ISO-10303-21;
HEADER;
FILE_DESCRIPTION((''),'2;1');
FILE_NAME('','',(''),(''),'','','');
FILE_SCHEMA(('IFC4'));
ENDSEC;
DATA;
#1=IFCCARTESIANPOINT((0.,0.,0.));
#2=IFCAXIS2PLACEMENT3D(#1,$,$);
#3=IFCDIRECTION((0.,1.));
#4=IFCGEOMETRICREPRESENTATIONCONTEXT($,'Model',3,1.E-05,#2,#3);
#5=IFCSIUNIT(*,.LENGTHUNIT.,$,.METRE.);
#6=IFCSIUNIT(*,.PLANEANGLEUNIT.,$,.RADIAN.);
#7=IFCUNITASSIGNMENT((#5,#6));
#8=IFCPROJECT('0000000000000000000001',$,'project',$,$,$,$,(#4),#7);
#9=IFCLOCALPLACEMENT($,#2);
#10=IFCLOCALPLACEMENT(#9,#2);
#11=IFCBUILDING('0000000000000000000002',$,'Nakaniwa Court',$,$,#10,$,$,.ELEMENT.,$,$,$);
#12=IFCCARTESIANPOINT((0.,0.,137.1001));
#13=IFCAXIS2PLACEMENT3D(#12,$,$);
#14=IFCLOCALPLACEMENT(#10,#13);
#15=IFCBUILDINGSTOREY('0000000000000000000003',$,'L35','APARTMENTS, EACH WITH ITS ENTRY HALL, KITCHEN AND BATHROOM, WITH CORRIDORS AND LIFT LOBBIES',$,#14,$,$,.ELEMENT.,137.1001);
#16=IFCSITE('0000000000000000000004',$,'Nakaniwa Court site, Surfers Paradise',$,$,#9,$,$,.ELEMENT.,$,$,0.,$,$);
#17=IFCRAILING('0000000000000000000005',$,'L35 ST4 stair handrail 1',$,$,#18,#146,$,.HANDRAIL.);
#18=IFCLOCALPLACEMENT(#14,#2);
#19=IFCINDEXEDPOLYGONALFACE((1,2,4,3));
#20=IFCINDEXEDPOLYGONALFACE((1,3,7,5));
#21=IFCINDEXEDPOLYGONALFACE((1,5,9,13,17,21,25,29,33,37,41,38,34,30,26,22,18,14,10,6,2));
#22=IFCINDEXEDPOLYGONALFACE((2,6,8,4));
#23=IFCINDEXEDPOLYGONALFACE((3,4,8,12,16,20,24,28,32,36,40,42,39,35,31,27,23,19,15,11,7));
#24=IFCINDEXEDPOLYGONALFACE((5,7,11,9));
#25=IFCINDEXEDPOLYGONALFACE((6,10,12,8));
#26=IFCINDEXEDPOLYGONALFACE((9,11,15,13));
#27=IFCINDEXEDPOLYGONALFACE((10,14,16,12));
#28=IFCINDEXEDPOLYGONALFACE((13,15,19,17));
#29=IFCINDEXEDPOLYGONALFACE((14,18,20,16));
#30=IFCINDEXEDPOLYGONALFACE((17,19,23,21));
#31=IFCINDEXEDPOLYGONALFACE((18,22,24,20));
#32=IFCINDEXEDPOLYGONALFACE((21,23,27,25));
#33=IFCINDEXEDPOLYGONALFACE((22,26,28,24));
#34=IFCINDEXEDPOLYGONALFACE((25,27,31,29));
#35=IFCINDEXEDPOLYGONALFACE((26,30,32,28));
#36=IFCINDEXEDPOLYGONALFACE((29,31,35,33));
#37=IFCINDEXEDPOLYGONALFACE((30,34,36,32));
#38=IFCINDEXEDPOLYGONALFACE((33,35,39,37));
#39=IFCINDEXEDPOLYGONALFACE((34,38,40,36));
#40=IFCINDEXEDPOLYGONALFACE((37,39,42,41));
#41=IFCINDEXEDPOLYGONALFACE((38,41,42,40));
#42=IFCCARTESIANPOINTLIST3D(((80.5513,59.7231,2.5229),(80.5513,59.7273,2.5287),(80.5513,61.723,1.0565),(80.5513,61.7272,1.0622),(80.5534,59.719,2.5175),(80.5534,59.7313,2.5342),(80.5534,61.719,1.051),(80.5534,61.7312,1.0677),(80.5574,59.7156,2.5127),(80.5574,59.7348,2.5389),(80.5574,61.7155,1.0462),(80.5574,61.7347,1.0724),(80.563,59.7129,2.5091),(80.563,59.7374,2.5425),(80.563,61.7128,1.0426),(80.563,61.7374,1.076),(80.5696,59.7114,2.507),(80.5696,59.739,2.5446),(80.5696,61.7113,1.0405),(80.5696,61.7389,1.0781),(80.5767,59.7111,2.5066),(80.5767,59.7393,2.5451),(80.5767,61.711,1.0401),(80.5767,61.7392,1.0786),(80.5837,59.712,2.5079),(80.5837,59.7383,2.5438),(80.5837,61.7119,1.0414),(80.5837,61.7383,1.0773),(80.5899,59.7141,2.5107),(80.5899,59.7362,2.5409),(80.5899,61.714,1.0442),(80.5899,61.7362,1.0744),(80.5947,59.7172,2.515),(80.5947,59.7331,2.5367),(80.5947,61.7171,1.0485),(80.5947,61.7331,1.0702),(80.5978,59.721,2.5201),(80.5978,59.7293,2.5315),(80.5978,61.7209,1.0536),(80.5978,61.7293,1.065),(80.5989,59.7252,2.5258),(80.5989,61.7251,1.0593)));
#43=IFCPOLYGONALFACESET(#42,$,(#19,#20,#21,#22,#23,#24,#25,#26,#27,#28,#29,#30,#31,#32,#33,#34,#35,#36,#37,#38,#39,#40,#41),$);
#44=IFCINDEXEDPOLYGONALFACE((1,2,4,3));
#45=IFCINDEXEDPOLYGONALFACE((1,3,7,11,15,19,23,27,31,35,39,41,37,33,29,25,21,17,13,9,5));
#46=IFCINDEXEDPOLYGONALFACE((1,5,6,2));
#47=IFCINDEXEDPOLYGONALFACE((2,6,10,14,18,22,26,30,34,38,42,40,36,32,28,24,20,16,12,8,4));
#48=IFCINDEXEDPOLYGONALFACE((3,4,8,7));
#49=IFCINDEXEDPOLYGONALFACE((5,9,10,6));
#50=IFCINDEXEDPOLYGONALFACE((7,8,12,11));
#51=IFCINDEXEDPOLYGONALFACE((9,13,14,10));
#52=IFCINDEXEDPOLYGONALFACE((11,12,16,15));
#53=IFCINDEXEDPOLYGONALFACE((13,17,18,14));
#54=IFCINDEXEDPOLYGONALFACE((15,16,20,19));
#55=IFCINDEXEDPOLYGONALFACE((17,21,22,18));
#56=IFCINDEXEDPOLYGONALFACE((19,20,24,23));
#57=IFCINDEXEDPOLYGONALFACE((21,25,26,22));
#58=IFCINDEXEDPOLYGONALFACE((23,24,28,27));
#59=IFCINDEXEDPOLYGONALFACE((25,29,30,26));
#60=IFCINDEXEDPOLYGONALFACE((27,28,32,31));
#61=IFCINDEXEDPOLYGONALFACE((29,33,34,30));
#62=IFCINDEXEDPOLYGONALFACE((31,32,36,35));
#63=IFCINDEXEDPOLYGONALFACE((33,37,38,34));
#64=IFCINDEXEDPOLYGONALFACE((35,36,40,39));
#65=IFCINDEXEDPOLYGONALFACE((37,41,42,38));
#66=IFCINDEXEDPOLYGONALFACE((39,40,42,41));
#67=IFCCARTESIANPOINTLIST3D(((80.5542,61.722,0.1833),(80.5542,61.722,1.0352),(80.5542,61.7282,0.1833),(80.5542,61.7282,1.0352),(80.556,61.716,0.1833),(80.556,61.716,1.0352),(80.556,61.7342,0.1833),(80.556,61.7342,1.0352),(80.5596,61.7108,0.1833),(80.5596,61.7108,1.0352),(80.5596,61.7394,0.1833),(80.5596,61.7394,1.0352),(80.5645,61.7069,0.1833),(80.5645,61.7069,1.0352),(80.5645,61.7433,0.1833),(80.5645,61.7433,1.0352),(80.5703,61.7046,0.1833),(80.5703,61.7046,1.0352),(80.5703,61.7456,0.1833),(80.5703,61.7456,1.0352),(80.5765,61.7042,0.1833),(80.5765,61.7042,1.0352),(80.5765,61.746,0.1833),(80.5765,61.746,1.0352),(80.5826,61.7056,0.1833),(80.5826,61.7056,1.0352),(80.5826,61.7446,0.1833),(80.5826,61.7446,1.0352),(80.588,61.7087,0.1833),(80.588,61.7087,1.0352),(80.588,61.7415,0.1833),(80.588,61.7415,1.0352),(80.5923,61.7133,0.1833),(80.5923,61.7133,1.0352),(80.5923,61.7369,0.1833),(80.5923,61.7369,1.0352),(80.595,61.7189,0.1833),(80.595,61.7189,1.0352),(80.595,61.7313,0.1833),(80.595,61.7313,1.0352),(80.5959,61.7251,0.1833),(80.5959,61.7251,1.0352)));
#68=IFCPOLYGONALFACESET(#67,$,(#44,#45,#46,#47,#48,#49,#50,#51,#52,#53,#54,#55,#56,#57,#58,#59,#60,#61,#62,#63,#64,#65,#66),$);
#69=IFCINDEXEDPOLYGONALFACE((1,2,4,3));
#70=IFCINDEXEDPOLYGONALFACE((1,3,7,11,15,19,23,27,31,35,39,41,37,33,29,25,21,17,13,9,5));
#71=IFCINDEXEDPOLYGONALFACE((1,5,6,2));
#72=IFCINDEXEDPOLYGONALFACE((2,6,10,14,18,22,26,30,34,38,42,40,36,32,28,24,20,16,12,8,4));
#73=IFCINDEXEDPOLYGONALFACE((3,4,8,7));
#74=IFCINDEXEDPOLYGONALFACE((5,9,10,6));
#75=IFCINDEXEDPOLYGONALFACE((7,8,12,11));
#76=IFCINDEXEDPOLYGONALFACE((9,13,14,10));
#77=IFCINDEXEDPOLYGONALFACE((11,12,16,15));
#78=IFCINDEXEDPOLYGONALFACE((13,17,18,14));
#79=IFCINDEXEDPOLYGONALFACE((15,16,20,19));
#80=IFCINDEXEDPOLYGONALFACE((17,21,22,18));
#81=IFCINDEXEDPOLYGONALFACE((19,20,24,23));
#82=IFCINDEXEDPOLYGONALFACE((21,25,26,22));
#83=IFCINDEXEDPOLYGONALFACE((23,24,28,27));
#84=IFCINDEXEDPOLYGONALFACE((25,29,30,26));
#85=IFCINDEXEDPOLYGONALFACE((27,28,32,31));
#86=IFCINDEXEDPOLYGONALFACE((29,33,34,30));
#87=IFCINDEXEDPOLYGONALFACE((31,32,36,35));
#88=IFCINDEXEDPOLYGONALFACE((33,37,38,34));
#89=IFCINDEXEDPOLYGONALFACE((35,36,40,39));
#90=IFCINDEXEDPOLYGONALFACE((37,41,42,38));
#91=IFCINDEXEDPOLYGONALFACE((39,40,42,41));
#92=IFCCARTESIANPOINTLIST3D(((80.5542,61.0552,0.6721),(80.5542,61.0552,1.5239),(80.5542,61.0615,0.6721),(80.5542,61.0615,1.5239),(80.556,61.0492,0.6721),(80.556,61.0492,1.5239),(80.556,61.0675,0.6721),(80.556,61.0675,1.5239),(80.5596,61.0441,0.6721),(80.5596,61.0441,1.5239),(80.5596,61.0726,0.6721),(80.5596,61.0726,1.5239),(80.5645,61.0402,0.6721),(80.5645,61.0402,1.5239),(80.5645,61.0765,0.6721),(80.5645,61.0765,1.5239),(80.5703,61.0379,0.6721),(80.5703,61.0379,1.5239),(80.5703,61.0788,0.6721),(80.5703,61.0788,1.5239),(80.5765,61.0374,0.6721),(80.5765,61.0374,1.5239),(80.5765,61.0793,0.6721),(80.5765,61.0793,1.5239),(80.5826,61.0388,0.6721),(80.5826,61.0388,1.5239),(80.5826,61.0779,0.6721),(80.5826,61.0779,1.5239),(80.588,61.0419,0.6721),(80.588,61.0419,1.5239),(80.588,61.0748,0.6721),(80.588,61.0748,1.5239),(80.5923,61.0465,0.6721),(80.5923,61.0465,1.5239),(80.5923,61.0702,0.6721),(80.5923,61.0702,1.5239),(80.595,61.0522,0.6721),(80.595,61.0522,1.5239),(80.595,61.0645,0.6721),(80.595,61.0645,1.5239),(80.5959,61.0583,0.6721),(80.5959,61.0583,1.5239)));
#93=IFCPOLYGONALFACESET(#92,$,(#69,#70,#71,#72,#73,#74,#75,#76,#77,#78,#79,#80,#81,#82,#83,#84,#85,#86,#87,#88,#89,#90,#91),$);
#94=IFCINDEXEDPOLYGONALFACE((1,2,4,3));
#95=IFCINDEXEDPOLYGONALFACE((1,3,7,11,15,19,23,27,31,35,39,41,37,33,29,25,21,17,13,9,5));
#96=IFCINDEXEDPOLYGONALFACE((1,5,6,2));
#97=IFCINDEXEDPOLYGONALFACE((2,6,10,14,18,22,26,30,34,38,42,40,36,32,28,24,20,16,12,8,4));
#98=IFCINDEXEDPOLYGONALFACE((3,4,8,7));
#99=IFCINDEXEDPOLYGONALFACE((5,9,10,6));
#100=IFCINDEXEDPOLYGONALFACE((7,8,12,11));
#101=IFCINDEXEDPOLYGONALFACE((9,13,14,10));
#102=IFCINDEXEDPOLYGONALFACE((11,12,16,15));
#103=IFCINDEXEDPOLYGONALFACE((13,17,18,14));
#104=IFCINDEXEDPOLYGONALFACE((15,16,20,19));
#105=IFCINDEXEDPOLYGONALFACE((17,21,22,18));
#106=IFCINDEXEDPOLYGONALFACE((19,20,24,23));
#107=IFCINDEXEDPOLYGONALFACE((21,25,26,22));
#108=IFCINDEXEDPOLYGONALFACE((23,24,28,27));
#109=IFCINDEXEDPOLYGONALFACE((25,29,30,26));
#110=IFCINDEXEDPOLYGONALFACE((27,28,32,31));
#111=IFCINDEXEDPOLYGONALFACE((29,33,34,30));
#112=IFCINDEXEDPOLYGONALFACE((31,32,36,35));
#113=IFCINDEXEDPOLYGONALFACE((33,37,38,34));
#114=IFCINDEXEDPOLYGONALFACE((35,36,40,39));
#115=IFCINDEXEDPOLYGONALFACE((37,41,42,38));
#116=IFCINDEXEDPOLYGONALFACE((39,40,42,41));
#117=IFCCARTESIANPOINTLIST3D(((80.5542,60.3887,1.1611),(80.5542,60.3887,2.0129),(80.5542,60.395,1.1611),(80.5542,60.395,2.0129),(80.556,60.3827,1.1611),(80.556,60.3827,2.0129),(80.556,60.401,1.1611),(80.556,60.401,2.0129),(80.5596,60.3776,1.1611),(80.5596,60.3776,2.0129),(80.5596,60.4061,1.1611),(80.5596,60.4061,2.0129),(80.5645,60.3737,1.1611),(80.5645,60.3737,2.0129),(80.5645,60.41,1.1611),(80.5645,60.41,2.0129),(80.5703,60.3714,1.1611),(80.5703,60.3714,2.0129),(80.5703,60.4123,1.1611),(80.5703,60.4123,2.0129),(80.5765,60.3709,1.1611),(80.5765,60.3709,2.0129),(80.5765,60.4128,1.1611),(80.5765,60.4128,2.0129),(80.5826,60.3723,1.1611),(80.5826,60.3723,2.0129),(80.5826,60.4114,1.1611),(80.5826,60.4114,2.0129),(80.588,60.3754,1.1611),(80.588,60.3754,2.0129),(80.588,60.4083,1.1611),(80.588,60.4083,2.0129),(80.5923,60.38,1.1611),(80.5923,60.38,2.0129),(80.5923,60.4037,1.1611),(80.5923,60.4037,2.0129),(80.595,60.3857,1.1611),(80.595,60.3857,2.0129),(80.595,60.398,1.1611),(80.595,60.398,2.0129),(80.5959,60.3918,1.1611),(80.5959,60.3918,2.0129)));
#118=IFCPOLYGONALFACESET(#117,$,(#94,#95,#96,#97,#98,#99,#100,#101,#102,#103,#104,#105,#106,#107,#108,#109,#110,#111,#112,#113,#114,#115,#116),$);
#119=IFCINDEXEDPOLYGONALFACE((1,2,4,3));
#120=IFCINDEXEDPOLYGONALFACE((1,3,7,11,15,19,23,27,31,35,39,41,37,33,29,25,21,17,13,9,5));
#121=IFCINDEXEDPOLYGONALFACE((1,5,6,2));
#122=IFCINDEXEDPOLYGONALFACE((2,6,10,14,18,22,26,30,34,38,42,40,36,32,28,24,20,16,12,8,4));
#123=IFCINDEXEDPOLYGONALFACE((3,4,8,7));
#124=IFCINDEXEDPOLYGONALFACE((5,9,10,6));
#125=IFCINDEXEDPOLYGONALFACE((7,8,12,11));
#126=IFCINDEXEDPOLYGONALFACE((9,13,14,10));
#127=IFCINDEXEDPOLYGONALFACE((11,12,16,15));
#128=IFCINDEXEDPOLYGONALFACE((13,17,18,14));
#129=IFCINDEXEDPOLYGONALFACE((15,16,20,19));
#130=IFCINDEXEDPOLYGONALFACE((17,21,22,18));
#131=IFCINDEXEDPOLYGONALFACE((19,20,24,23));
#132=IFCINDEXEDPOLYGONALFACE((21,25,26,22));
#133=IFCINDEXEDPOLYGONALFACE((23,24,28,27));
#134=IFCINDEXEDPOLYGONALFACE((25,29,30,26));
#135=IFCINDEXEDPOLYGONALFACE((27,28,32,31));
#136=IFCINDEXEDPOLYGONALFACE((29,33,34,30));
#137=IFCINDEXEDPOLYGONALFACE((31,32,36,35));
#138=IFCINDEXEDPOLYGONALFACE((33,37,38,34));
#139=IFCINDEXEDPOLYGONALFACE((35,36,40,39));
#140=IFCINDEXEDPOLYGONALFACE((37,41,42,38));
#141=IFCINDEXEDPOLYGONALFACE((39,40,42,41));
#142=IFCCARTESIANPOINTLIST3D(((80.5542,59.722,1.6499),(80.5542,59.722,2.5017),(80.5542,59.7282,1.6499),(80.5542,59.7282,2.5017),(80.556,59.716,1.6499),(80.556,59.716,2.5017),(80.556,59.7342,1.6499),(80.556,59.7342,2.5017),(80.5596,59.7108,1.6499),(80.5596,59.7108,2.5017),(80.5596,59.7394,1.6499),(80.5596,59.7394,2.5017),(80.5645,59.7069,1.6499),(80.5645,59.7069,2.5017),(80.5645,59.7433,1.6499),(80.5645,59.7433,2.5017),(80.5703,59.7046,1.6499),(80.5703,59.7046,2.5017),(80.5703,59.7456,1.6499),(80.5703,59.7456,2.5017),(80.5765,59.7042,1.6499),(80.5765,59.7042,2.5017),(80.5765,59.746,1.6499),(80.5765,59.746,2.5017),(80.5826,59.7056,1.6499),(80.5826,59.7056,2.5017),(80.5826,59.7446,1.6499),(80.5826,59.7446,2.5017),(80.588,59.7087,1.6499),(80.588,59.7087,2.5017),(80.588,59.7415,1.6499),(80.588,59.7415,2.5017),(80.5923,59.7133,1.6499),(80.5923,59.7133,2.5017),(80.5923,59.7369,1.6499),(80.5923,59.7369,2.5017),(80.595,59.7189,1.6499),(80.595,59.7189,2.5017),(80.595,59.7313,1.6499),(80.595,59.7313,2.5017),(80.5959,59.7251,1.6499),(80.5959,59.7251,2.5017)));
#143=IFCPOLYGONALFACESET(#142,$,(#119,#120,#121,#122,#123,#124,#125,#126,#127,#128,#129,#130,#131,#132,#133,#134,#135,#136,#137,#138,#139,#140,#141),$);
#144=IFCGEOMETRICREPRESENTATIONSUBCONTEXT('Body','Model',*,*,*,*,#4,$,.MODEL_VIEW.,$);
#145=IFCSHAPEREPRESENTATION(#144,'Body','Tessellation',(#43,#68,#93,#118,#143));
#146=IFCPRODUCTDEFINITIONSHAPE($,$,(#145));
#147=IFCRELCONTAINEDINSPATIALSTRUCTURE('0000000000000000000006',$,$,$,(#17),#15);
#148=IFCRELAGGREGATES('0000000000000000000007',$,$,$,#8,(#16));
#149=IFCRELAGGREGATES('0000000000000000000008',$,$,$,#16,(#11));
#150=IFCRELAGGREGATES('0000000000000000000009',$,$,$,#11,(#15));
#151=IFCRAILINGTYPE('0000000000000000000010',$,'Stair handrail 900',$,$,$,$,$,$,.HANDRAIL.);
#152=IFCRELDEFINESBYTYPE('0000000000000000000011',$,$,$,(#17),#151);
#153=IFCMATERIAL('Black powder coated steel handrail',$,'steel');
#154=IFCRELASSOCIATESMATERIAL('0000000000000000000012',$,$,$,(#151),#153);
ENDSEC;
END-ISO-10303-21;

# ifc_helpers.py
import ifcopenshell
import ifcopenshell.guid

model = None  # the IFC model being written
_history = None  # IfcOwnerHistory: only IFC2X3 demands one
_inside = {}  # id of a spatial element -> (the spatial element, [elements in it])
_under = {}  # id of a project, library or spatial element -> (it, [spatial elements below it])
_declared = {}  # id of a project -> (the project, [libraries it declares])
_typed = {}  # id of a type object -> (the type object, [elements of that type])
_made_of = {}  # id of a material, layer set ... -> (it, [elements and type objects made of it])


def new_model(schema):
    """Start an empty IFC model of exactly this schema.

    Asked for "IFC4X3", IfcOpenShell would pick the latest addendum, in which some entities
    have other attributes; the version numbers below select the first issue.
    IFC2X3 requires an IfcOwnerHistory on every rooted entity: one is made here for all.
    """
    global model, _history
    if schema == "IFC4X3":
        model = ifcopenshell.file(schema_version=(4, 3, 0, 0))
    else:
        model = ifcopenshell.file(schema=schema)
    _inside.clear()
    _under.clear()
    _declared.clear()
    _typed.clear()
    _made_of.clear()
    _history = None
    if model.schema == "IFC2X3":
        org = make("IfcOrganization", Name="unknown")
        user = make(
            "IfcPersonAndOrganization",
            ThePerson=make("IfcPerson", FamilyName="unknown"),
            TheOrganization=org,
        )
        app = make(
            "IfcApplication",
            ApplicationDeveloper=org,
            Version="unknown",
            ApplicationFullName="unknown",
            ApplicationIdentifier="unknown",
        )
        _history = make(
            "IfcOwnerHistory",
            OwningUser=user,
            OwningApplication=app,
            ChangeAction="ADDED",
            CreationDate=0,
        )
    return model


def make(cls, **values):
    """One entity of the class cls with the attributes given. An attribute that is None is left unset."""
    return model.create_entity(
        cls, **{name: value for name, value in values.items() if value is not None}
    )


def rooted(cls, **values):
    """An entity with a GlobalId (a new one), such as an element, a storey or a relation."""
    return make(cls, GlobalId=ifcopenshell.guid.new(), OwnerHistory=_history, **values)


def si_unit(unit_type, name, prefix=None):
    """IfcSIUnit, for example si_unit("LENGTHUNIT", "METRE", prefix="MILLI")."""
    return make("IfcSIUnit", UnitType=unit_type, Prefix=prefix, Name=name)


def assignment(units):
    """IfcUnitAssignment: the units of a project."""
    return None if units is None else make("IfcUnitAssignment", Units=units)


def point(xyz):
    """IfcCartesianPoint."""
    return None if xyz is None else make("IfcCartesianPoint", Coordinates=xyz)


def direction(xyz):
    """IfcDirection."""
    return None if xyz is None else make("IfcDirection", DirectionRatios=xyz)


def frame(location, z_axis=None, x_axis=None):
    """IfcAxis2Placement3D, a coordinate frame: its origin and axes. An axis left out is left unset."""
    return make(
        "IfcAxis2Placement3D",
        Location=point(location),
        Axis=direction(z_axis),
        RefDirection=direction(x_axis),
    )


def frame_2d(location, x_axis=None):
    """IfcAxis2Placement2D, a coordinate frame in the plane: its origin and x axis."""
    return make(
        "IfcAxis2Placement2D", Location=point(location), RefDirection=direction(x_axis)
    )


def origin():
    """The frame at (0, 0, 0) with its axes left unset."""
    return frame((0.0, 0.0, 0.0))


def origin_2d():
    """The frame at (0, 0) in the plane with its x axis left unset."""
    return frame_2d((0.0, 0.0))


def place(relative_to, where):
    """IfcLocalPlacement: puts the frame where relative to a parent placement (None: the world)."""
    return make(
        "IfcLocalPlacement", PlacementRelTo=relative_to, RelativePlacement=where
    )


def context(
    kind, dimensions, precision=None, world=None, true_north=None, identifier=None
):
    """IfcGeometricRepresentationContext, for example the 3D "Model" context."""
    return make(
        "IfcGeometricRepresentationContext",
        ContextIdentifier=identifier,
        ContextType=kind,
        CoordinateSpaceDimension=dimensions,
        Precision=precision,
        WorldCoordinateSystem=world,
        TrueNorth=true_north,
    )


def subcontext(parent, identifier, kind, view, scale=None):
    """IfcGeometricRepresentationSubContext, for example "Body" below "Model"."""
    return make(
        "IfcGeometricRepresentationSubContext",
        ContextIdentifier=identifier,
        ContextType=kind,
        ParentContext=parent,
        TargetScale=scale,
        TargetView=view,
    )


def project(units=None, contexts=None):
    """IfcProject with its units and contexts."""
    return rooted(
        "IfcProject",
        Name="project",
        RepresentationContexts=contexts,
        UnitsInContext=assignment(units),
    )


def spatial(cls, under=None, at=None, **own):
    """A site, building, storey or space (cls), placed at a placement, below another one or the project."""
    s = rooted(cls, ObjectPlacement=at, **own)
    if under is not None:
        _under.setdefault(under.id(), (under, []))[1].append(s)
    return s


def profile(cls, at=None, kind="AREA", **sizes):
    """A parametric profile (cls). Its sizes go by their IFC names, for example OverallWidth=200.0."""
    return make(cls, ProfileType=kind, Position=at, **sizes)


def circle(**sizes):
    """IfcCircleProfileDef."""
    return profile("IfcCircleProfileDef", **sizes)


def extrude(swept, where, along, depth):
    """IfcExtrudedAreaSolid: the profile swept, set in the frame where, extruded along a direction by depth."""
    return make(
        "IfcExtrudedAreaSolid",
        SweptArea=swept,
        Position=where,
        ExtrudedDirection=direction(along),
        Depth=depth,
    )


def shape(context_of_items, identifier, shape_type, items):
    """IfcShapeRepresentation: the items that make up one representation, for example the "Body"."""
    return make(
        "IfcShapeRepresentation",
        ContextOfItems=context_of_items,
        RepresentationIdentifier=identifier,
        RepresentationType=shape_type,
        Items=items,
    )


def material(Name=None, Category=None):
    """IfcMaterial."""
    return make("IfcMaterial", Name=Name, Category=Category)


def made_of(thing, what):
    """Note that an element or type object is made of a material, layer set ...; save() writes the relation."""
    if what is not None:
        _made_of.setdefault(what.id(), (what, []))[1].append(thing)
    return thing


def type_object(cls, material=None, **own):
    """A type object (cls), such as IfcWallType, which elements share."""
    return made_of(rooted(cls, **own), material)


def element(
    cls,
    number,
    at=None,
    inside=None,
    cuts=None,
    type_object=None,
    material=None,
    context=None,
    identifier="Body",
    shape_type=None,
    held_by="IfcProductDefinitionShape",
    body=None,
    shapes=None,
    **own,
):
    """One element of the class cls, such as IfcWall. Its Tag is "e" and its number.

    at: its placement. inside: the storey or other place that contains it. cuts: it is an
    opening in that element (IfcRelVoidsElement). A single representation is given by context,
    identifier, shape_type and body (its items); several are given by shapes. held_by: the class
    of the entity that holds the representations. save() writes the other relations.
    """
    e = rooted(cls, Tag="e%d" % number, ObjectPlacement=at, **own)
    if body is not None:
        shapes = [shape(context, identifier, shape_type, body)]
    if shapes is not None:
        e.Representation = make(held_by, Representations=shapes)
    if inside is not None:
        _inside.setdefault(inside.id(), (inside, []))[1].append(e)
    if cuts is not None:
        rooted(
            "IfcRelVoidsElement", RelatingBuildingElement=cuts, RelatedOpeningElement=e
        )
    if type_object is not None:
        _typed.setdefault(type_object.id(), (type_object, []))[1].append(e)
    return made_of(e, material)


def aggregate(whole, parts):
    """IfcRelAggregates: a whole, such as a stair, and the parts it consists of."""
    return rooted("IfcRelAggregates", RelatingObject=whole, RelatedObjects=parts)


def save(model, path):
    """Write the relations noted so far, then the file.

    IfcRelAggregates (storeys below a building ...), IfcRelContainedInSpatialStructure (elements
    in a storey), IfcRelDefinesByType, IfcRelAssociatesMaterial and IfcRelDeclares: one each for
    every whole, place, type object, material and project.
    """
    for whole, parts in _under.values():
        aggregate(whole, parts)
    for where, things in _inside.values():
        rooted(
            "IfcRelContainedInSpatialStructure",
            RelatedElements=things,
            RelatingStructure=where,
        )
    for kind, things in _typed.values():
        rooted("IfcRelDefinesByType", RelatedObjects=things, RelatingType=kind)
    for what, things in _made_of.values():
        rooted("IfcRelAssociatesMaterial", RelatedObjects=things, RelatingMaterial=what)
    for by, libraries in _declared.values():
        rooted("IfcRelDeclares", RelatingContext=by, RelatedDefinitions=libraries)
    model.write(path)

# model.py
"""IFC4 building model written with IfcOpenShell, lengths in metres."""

from ifc_helpers import new_model, si_unit, direction, frame, origin, origin_2d, place, context, subcontext, project, spatial, circle, extrude, material, type_object, element, save


model = new_model("IFC4")

# Units and contexts
model_context = context("Model", 3, precision=1e-05, world=origin(), true_north=direction((0.0, 1.0)))
body_context = subcontext(model_context, "Body", "Model", "MODEL_VIEW")
ifc_project = project(units=[si_unit("LENGTHUNIT", "METRE"), si_unit("PLANEANGLEUNIT", "RADIAN")], contexts=[model_context])

# Site, building, storey
site_placement = place(None, origin())
site = spatial("IfcSite", under=ifc_project, at=site_placement, Name="Nakaniwa Court site, Surfers Paradise", CompositionType="ELEMENT", RefElevation=0.0)
building_placement = place(site_placement, origin())
building = spatial("IfcBuilding", under=site, at=building_placement, Name="Nakaniwa Court", CompositionType="ELEMENT")
storey_placement = place(building_placement, frame((0.0, 0.0, 137.1001)))
storey = spatial("IfcBuildingStorey", under=building, at=storey_placement, Name="L35", Description="APARTMENTS, EACH WITH ITS ENTRY HALL, KITCHEN AND BATHROOM, WITH CORRIDORS AND LIFT LOBBIES", CompositionType="ELEMENT", Elevation=137.1001)

# Railing
ifc_material_1 = material(Name="Black powder coated steel handrail", Category="steel")
railing_type_1 = type_object("IfcRailingType", Name="Stair handrail 900", PredefinedType="HANDRAIL", material=ifc_material_1)
railing_1_placement = place(storey_placement, frame((80.575, 61.7251, 0.1833)))
element("IfcRailing", 1, at=railing_1_placement, inside=storey, type_object=railing_type_1, Name="L35 ST4 stair handrail 1", PredefinedType="HANDRAIL", context=body_context, shape_type="SweptSolid", body=[
    extrude(circle(Radius=0.0239, at=origin_2d()), frame((0.0, 0.0, 0.876), z_axis=(0.0, -0.806427, 0.591334), x_axis=(1.0, 0.0, 0.0)), (0.0, 0.0, 1.0), 2.48),
    extrude(circle(Radius=0.021, at=origin_2d()), origin(), (0.0, 0.0, 1.0), 0.8518),
    extrude(circle(Radius=0.021, at=origin_2d()), frame((0.0, -0.6667, 0.4888)), (0.0, 0.0, 1.0), 0.8518),
    extrude(circle(Radius=0.021, at=origin_2d()), frame((0.0, -1.3333, 0.9778)), (0.0, 0.0, 1.0), 0.8518),
    extrude(circle(Radius=0.021, at=origin_2d()), frame((0.0, -2.0, 1.4666)), (0.0, 0.0, 1.0), 0.8518),
])

save(model, "model.ifc")
